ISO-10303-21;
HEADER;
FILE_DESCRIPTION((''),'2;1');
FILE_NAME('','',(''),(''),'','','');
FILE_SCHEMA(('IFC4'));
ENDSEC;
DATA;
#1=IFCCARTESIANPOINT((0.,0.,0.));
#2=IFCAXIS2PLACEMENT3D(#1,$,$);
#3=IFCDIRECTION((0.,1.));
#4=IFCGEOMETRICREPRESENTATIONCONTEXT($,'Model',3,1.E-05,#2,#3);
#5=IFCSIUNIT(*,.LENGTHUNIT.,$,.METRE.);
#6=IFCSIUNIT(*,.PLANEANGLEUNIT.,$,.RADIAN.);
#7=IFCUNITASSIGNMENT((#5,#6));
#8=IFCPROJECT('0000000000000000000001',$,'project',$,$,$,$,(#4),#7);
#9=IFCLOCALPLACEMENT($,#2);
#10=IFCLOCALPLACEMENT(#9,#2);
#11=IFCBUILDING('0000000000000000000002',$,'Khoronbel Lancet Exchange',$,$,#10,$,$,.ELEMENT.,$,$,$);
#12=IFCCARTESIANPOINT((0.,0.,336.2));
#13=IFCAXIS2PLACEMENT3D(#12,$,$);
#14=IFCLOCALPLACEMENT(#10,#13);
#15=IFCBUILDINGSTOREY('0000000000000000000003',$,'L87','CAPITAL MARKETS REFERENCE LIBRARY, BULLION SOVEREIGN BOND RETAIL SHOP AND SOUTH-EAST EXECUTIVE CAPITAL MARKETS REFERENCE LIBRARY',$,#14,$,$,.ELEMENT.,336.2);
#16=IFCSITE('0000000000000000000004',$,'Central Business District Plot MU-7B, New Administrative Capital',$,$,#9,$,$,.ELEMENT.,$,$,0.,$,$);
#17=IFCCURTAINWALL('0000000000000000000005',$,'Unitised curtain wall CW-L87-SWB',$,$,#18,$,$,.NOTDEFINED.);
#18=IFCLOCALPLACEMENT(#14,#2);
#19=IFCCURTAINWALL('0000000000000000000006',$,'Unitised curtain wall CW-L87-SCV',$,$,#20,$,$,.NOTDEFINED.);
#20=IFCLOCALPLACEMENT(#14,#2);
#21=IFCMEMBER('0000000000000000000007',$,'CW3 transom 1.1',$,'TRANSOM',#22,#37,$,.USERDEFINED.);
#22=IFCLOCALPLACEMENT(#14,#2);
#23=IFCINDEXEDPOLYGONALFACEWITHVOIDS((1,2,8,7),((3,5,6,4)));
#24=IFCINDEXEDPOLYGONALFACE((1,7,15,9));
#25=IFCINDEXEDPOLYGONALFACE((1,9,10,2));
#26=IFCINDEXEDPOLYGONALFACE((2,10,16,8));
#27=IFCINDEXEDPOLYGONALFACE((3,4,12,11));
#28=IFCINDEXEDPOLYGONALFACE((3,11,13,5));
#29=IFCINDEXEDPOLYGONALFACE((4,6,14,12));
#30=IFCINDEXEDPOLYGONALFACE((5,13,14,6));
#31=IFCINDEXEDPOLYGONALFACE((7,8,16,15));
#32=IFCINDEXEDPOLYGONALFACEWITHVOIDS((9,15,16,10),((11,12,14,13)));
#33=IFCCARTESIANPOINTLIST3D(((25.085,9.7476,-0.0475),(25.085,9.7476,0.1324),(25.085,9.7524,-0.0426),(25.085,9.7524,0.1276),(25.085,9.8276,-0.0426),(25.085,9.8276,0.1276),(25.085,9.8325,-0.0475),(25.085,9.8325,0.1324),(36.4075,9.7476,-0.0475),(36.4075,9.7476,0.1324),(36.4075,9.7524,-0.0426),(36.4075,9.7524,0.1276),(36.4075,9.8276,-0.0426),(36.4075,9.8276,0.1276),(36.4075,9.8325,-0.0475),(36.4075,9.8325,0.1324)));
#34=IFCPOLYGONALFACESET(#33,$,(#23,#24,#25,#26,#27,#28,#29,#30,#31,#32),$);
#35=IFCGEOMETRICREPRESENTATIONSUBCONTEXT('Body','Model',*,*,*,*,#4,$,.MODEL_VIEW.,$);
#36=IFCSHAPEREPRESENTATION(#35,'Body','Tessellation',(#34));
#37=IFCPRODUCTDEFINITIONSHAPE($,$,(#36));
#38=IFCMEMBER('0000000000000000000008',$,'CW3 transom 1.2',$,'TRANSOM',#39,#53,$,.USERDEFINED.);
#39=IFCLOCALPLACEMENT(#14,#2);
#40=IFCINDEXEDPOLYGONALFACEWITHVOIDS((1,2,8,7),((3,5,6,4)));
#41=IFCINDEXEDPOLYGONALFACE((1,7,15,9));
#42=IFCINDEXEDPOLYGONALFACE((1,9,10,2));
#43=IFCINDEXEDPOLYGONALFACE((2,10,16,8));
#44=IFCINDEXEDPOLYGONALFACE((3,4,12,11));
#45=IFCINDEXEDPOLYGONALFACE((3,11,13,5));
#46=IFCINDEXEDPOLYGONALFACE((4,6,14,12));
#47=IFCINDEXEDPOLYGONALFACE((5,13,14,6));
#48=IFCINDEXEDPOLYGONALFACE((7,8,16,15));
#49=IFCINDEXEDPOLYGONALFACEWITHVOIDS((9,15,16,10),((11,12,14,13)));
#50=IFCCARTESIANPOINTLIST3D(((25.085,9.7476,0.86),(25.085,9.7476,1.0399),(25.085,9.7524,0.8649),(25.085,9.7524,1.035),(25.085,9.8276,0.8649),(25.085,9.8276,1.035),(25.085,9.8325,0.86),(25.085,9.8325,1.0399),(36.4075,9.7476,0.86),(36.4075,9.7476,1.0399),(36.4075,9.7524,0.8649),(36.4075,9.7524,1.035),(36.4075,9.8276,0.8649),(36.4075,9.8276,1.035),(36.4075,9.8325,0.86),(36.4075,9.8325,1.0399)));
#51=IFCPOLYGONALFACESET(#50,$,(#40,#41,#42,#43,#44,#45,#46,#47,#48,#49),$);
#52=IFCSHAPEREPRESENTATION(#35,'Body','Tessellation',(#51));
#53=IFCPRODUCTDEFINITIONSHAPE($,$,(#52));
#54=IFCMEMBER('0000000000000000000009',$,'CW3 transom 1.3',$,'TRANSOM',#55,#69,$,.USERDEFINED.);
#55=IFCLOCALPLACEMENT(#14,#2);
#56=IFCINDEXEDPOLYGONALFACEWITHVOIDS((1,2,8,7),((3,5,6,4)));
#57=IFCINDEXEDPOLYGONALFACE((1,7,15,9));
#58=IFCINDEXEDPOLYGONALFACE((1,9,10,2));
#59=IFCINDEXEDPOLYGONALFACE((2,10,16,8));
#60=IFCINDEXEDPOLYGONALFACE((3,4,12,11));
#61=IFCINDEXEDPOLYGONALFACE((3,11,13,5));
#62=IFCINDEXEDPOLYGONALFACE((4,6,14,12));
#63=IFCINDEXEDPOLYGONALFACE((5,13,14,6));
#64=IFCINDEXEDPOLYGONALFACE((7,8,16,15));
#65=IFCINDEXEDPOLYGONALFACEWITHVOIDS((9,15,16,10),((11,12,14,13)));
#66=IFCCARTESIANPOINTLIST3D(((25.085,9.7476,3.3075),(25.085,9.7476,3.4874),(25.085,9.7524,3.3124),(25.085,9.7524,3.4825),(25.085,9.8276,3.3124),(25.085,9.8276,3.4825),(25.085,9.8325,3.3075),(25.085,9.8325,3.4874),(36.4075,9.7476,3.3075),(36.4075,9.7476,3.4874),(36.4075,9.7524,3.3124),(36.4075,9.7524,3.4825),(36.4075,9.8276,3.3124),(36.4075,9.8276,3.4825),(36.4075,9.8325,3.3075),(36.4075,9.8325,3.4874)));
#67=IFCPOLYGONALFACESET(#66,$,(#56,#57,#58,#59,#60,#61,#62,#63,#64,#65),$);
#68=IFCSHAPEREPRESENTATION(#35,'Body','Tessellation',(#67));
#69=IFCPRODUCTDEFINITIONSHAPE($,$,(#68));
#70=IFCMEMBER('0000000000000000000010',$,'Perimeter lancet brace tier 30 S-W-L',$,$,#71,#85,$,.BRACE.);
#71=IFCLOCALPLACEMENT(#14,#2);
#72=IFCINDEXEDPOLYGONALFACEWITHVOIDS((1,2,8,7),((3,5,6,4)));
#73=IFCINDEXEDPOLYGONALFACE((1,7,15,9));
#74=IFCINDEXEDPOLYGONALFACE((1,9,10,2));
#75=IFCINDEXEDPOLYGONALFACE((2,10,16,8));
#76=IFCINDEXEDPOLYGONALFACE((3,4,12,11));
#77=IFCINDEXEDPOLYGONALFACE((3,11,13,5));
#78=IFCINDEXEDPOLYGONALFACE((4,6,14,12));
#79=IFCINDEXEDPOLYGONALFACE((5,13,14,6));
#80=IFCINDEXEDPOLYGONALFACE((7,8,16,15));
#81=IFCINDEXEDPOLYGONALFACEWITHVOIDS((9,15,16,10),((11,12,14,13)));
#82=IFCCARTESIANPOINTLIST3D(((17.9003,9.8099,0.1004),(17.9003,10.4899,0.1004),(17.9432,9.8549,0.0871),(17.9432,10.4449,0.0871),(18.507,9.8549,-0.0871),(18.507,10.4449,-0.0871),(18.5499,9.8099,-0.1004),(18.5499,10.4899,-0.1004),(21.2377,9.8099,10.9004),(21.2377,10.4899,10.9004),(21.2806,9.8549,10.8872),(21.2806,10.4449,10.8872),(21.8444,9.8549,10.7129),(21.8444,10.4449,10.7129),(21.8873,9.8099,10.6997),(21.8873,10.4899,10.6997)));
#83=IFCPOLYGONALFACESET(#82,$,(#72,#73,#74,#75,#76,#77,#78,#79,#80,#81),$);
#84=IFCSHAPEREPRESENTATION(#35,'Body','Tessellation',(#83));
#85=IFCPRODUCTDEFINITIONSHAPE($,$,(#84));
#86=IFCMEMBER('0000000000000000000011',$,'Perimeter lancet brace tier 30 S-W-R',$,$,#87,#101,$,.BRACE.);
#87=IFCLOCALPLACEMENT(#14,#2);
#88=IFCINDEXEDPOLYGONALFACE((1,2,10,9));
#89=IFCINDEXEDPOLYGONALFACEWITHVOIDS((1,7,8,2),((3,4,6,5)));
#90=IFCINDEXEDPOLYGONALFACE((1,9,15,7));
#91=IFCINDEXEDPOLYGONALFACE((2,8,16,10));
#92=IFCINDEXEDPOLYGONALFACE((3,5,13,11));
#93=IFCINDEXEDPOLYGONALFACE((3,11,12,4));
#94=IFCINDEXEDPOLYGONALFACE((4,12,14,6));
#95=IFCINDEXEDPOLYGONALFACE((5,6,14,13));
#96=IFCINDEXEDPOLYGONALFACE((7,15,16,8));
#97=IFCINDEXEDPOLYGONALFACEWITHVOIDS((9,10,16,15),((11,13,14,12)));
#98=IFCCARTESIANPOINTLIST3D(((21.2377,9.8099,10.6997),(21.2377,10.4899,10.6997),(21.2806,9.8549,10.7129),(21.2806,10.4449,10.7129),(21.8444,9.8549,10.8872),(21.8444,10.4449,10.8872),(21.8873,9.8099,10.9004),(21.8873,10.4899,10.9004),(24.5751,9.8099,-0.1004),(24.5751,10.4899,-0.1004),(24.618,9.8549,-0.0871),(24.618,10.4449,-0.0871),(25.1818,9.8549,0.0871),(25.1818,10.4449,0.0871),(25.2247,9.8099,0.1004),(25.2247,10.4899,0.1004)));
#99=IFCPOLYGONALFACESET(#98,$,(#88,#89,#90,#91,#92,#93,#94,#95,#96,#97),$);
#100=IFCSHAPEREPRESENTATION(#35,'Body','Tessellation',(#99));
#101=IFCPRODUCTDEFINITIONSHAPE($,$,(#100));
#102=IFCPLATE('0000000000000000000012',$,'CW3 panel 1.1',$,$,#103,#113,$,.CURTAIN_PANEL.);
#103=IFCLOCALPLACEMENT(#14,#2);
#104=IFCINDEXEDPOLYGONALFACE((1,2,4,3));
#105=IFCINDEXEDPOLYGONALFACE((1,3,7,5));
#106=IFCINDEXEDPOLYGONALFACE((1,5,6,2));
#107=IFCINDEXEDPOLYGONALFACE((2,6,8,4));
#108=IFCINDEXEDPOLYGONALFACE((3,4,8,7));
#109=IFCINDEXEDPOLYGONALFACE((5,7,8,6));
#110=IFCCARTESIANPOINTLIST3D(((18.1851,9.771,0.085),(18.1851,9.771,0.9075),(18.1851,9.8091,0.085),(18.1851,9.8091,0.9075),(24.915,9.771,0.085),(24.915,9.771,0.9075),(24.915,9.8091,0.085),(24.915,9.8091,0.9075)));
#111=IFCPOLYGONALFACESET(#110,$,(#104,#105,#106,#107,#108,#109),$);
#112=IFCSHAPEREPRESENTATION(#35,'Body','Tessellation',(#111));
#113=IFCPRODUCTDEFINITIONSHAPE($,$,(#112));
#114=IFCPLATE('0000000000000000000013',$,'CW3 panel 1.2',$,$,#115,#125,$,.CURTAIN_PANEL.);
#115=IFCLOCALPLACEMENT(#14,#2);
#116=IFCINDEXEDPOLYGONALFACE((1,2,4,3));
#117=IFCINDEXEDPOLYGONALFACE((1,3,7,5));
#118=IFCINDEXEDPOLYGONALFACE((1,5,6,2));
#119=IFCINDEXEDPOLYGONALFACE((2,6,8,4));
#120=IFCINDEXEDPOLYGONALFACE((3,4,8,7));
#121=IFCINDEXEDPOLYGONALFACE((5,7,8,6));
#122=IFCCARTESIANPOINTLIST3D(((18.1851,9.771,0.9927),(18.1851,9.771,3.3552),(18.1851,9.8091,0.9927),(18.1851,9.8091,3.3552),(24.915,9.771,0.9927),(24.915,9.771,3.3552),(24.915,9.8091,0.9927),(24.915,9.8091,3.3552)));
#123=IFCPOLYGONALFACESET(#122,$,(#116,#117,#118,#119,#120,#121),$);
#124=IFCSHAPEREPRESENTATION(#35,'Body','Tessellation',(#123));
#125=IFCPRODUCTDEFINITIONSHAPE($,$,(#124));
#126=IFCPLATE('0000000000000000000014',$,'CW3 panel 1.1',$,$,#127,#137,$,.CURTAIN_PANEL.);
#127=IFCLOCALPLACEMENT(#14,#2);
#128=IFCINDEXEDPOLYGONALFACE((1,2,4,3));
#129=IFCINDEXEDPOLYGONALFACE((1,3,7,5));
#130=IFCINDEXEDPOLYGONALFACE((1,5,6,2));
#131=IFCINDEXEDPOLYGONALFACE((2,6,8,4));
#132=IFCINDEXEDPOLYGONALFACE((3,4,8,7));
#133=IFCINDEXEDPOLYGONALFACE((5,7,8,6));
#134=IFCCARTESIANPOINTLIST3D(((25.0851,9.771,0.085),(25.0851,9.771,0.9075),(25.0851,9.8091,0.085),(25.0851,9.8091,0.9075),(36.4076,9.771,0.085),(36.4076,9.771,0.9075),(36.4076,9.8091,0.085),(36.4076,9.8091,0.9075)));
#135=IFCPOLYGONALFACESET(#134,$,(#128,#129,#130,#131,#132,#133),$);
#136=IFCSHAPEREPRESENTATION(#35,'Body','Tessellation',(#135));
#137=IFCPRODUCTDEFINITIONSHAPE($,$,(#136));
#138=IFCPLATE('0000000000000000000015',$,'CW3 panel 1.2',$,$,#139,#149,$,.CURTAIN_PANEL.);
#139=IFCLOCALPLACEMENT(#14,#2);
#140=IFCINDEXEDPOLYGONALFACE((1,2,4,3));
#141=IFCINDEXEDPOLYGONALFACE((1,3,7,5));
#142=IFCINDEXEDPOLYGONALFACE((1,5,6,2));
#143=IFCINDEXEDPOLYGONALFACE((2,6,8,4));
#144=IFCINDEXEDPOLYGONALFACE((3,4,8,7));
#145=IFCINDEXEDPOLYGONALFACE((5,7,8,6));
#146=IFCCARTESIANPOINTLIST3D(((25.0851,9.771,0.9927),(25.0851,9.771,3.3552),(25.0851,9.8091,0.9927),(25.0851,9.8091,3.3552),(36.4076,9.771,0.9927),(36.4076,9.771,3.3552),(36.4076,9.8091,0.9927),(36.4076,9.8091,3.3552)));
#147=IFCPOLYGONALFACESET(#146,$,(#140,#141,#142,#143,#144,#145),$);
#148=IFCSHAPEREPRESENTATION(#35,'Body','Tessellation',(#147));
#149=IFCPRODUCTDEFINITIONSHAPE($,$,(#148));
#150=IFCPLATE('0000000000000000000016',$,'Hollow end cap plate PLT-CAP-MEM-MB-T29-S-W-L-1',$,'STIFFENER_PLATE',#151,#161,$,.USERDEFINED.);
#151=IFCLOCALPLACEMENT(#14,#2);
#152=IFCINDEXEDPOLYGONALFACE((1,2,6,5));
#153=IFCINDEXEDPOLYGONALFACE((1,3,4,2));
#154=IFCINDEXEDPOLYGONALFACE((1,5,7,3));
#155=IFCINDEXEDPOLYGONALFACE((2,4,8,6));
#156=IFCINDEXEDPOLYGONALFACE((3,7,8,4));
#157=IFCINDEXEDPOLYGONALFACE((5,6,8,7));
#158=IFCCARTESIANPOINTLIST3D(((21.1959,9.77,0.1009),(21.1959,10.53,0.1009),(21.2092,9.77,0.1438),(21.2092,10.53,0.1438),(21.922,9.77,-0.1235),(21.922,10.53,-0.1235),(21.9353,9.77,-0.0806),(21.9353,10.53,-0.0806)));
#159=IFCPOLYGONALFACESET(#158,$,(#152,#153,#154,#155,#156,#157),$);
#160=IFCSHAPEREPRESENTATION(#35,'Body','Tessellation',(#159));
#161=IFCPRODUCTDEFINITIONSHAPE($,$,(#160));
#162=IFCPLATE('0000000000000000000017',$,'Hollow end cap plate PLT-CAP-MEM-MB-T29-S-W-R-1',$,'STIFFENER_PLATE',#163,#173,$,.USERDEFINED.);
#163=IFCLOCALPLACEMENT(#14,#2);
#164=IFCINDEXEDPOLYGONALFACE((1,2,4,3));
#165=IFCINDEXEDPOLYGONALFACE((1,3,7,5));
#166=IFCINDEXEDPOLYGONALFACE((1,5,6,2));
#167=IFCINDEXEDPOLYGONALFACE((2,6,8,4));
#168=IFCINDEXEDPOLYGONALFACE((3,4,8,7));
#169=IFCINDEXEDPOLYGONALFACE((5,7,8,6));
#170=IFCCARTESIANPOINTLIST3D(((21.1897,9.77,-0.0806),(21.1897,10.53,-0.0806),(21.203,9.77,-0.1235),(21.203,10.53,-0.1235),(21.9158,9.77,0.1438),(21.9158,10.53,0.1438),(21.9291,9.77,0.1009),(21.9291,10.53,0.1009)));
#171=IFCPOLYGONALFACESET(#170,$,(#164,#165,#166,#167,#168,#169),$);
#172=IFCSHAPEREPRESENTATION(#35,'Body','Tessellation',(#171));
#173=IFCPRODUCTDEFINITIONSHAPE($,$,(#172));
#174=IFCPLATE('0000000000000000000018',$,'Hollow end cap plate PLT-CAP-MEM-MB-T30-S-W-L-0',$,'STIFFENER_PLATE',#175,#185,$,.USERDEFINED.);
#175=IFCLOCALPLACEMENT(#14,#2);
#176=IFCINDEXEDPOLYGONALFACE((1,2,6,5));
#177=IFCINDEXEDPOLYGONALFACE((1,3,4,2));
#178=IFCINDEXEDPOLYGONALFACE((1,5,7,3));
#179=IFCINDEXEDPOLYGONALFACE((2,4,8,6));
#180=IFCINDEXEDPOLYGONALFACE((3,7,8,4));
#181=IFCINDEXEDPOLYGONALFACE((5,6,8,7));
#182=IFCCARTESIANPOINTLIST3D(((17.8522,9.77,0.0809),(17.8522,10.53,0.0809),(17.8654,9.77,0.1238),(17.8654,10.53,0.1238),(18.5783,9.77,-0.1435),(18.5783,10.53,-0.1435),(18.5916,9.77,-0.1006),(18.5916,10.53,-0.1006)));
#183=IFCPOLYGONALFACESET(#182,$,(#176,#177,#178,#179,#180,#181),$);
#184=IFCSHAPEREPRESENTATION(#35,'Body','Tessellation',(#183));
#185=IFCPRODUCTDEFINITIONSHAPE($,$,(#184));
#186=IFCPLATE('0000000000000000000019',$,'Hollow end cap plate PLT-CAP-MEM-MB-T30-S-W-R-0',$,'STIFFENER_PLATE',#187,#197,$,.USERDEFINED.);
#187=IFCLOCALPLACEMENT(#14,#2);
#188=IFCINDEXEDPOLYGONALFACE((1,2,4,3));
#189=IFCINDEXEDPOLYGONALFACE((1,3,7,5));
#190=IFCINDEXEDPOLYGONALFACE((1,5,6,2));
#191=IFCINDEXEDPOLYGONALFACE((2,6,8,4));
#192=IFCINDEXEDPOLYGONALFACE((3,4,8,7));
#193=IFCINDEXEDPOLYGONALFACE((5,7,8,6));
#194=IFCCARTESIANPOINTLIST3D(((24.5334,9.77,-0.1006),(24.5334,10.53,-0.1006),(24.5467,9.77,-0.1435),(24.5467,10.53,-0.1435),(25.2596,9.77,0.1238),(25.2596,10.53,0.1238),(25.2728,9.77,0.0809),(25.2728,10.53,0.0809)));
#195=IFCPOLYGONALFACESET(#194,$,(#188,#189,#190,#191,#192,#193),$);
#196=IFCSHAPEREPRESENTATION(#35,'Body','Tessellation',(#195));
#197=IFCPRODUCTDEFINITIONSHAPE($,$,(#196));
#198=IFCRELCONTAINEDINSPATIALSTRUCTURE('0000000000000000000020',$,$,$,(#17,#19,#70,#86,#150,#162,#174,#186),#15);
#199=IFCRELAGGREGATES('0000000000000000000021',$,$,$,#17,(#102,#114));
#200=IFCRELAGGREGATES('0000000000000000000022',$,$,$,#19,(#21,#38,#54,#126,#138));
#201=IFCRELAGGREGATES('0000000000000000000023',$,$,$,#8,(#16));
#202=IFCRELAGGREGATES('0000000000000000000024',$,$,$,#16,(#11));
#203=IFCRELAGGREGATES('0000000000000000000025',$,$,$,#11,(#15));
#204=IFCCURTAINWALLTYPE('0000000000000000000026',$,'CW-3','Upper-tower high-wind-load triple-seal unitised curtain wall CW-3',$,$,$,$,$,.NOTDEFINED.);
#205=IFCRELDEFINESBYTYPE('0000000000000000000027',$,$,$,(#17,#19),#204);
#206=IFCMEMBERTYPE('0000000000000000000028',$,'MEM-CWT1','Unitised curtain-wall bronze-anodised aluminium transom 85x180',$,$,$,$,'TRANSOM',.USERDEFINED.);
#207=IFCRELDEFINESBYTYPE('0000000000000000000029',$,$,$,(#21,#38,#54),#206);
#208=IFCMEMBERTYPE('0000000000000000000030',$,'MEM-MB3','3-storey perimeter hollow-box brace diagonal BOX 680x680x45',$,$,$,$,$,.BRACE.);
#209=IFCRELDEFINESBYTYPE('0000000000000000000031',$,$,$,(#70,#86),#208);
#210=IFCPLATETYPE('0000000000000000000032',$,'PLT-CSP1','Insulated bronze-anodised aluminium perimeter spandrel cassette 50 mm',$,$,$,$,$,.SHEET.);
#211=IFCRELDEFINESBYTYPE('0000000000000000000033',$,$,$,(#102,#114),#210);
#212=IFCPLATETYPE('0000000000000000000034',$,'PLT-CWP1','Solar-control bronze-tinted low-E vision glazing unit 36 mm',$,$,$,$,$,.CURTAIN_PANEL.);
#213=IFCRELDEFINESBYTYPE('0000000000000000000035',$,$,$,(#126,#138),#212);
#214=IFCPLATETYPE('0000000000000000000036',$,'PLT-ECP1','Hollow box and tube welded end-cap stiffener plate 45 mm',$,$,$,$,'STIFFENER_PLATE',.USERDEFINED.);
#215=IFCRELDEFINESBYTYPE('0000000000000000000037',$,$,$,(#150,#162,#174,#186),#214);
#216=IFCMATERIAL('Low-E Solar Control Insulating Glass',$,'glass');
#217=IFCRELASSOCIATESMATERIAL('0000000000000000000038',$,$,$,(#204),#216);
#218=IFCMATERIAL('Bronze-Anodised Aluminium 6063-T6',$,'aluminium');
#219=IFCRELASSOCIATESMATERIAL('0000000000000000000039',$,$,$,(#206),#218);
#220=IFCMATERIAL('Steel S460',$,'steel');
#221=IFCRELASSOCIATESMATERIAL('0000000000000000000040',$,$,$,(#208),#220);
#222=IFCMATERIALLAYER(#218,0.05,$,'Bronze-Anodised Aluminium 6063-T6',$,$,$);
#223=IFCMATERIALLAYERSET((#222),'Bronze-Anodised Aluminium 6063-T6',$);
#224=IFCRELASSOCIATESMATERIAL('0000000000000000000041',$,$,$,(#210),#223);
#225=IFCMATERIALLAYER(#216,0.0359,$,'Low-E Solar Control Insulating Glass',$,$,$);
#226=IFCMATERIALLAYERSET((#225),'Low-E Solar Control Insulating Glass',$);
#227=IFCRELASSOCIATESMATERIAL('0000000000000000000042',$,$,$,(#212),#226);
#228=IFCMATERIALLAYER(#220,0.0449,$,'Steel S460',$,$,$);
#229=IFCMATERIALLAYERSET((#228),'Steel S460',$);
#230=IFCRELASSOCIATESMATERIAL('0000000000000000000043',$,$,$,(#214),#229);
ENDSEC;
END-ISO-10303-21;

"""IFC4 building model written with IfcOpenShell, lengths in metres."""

from ifc_helpers import new_model, si_unit, direction, frame, origin, origin_2d, place, context, subcontext, project, spatial, polyline, rectangle, hollow_rectangle, outline, extrude, material, layer, layer_set, material_profile, profile_set, type_object, element, aggregate, save


model = new_model("IFC4")

# Units and contexts
model_context = context("Model", 3, precision=1e-05, world=origin(), true_north=direction((0.0, 1.0)))
body_context = subcontext(model_context, "Body", "Model", "MODEL_VIEW")
ifc_project = project(units=[si_unit("LENGTHUNIT", "METRE"), si_unit("PLANEANGLEUNIT", "RADIAN")], contexts=[model_context])

# Site, building, storey
site_placement = place(None, origin())
site = spatial("IfcSite", under=ifc_project, at=site_placement, Name="Central Business District Plot MU-7B, New Administrative Capital", CompositionType="ELEMENT", RefElevation=0.0)
building_placement = place(site_placement, origin())
building = spatial("IfcBuilding", under=site, at=building_placement, Name="Khoronbel Lancet Exchange", CompositionType="ELEMENT")
storey_placement = place(building_placement, frame((0.0, 0.0, 336.2)))
storey = spatial("IfcBuildingStorey", under=building, at=storey_placement, Name="L87", Description="CAPITAL MARKETS REFERENCE LIBRARY, BULLION SOVEREIGN BOND RETAIL SHOP AND SOUTH-EAST EXECUTIVE CAPITAL MARKETS REFERENCE LIBRARY", CompositionType="ELEMENT", Elevation=336.2)

# Shared definitions
ifc_material_1 = material(Name="Steel S460", Category="steel")

# Curtain wall
ifc_material_2 = material(Name="Low-E Solar Control Insulating Glass", Category="glass")
curtain_wall_type = type_object("IfcCurtainWallType", Name="CW-3", Description="Upper-tower high-wind-load triple-seal unitised curtain wall CW-3", PredefinedType="NOTDEFINED", material=ifc_material_2)
curtain_wall_1_placement = place(storey_placement, origin())
curtain_wall_1 = element("IfcCurtainWall", 1, at=curtain_wall_1_placement, inside=storey, type_object=curtain_wall_type, Name="Unitised curtain wall CW-L87-SWB", PredefinedType="NOTDEFINED")
ifc_material_3 = material(Name="Bronze-Anodised Aluminium 6063-T6", Category="aluminium")

# Curtain wall, members
curtain_wall_2_placement = place(storey_placement, origin())
curtain_wall_2 = element("IfcCurtainWall", 2, at=curtain_wall_2_placement, inside=storey, type_object=curtain_wall_type, Name="Unitised curtain wall CW-L87-SCV", PredefinedType="NOTDEFINED")
ifc_material_profile_1 = material_profile(ifc_material_3, hollow_rectangle(XDim=0.085, YDim=0.1799, WallThickness=0.0049, at=origin_2d()), Name="ALU TRANSOM 85x180")
ifc_profile_set_1 = profile_set([ifc_material_profile_1], Name="Bronze-Anodised Aluminium 6063-T6")
member_type_1 = type_object("IfcMemberType", Name="MEM-CWT1", Description="Unitised curtain-wall bronze-anodised aluminium transom 85x180", ElementType="TRANSOM", PredefinedType="USERDEFINED", material=ifc_profile_set_1)
member_1_placement = place(storey_placement, frame((25.085, 9.79, 0.0425), z_axis=(1.0, 0.0, 0.0), x_axis=(0.0, 1.0, 0.0)))
member_1 = element("IfcMember", 3, at=member_1_placement, type_object=member_type_1, Name="CW3 transom 1.1", ObjectType="TRANSOM", PredefinedType="USERDEFINED", context=body_context, shape_type="SweptSolid", body=[
    extrude(hollow_rectangle(XDim=0.085, YDim=0.1799, WallThickness=0.0049, at=origin_2d()), origin(), (0.0, 0.0, 1.0), 11.3225),
])
member_2_placement = place(storey_placement, frame((25.085, 9.79, 0.95), z_axis=(1.0, 0.0, 0.0), x_axis=(0.0, 1.0, 0.0)))
member_2 = element("IfcMember", 4, at=member_2_placement, type_object=member_type_1, Name="CW3 transom 1.2", ObjectType="TRANSOM", PredefinedType="USERDEFINED", context=body_context, shape_type="SweptSolid", body=[
    extrude(hollow_rectangle(XDim=0.085, YDim=0.1799, WallThickness=0.0049, at=origin_2d()), origin(), (0.0, 0.0, 1.0), 11.3225),
])
member_3_placement = place(storey_placement, frame((25.085, 9.79, 3.3975), z_axis=(1.0, 0.0, 0.0), x_axis=(0.0, 1.0, 0.0)))
member_3 = element("IfcMember", 5, at=member_3_placement, type_object=member_type_1, Name="CW3 transom 1.3", ObjectType="TRANSOM", PredefinedType="USERDEFINED", context=body_context, shape_type="SweptSolid", body=[
    extrude(hollow_rectangle(XDim=0.085, YDim=0.1799, WallThickness=0.0049, at=origin_2d()), origin(), (0.0, 0.0, 1.0), 11.3225),
])

# Members
ifc_material_profile_2 = material_profile(ifc_material_1, hollow_rectangle(XDim=0.6799, YDim=0.6799, WallThickness=0.0449, at=origin_2d()), Name="BOX 680x680x45")
ifc_profile_set_2 = profile_set([ifc_material_profile_2], Name="Steel S460")
member_type_2 = type_object("IfcMemberType", Name="MEM-MB3", Description="3-storey perimeter hollow-box brace diagonal BOX 680x680x45", PredefinedType="BRACE", material=ifc_profile_set_2)
for number, where, z_axis, x_axis, name in (
    (6, (18.2251, 10.1499, 0.0), (0.295242, 0.0, 0.955422), (0.0, 1.0, 0.0), "Perimeter lancet brace tier 30 S-W-L"),
    (7, (24.8999, 10.1499, 0.0), (-0.295242, 0.0, 0.955422), (0.0, -1.0, 0.0), "Perimeter lancet brace tier 30 S-W-R"),
):
    element("IfcMember", number, at=place(storey_placement, frame(where, z_axis=z_axis, x_axis=x_axis)), inside=storey, type_object=member_type_2, Name=name, PredefinedType="BRACE", context=body_context, shape_type="SweptSolid", body=[
        extrude(hollow_rectangle(XDim=0.6799, YDim=0.6799, WallThickness=0.0449, at=origin_2d()), origin(), (0.0, 0.0, 1.0), 11.304),
    ])

# Plates
ifc_layer_1 = layer(ifc_material_3, 0.05, Name="Bronze-Anodised Aluminium 6063-T6")
ifc_layer_set_1 = layer_set([ifc_layer_1], Name="Bronze-Anodised Aluminium 6063-T6")
plate_type_1 = type_object("IfcPlateType", Name="PLT-CSP1", Description="Insulated bronze-anodised aluminium perimeter spandrel cassette 50 mm", PredefinedType="SHEET", material=ifc_layer_set_1)
plate_1_placement = place(storey_placement, frame((21.55, 9.79, 0.085), z_axis=(0.0, 0.0, 1.0), x_axis=(1.0, 0.0, 0.0)))
plate_1 = element("IfcPlate", 8, at=plate_1_placement, type_object=plate_type_1, Name="CW3 panel 1.1", PredefinedType="CURTAIN_PANEL", context=body_context, shape_type="SweptSolid", body=[
    extrude(rectangle(XDim=6.73, YDim=0.0381, at=origin_2d()), origin(), (0.0, 0.0, 1.0), 0.8225),
])
plate_2_placement = place(storey_placement, frame((21.55, 9.79, 0.9927), z_axis=(0.0, 0.0, 1.0), x_axis=(1.0, 0.0, 0.0)))
plate_2 = element("IfcPlate", 9, at=plate_2_placement, type_object=plate_type_1, Name="CW3 panel 1.2", PredefinedType="CURTAIN_PANEL", context=body_context, shape_type="SweptSolid", body=[
    extrude(rectangle(XDim=6.73, YDim=0.0381, at=origin_2d()), origin(), (0.0, 0.0, 1.0), 2.3625),
])
aggregate(curtain_wall_1, [plate_1, plate_2])
ifc_layer_2 = layer(ifc_material_2, 0.0359, Name="Low-E Solar Control Insulating Glass")
ifc_layer_set_2 = layer_set([ifc_layer_2], Name="Low-E Solar Control Insulating Glass")
plate_type_2 = type_object("IfcPlateType", Name="PLT-CWP1", Description="Solar-control bronze-tinted low-E vision glazing unit 36 mm", PredefinedType="CURTAIN_PANEL", material=ifc_layer_set_2)
plate_3_placement = place(storey_placement, frame((30.7463, 9.79, 0.085), z_axis=(0.0, 0.0, 1.0), x_axis=(1.0, 0.0, 0.0)))
plate_3 = element("IfcPlate", 10, at=plate_3_placement, type_object=plate_type_2, Name="CW3 panel 1.1", PredefinedType="CURTAIN_PANEL", context=body_context, shape_type="SweptSolid", body=[
    extrude(rectangle(XDim=11.3225, YDim=0.0381, at=origin_2d()), origin(), (0.0, 0.0, 1.0), 0.8225),
])
plate_4_placement = place(storey_placement, frame((30.7463, 9.79, 0.9927), z_axis=(0.0, 0.0, 1.0), x_axis=(1.0, 0.0, 0.0)))
plate_4 = element("IfcPlate", 11, at=plate_4_placement, type_object=plate_type_2, Name="CW3 panel 1.2", PredefinedType="CURTAIN_PANEL", context=body_context, shape_type="SweptSolid", body=[
    extrude(rectangle(XDim=11.3225, YDim=0.0381, at=origin_2d()), origin(), (0.0, 0.0, 1.0), 2.3625),
])
aggregate(curtain_wall_2, [member_1, member_2, member_3, plate_3, plate_4])

# Plates
ifc_layer_3 = layer(ifc_material_1, 0.0449, Name="Steel S460")
ifc_layer_set_3 = layer_set([ifc_layer_3], Name="Steel S460")
plate_type_3 = type_object("IfcPlateType", Name="PLT-ECP1", Description="Hollow box and tube welded end-cap stiffener plate 45 mm", ElementType="STIFFENER_PLATE", PredefinedType="USERDEFINED", material=ifc_layer_set_3)
for number, where, z_axis, x_axis, name in (
    (12, (21.9353, 9.77, -0.0806), (0.295237, 0.0, 0.955424), (0.0, 1.0, 0.0), "Hollow end cap plate PLT-CAP-MEM-MB-T29-S-W-L-1"),
    (13, (21.1897, 10.53, -0.0806), (-0.295237, 0.0, 0.955424), (0.0, -1.0, 0.0), "Hollow end cap plate PLT-CAP-MEM-MB-T29-S-W-R-1"),
    (14, (18.5916, 9.77, -0.1006), (0.295237, 0.0, 0.955424), (0.0, 1.0, 0.0), "Hollow end cap plate PLT-CAP-MEM-MB-T30-S-W-L-0"),
    (15, (24.5334, 10.53, -0.1006), (-0.295237, 0.0, 0.955424), (0.0, -1.0, 0.0), "Hollow end cap plate PLT-CAP-MEM-MB-T30-S-W-R-0"),
):
    element("IfcPlate", number, at=place(storey_placement, frame(where, z_axis=z_axis, x_axis=x_axis)), inside=storey, type_object=plate_type_3, Name=name, ObjectType="STIFFENER_PLATE", PredefinedType="USERDEFINED", context=body_context, shape_type="SweptSolid", body=[
        extrude(outline(polyline([(0.0, 0.0), (0.76, 0.0), (0.76, 0.76), (0.0, 0.76), (0.0, 0.0)])), origin(), (0.0, 0.0, -1.0), 0.0449),
    ])

save(model, "model.ifc")
